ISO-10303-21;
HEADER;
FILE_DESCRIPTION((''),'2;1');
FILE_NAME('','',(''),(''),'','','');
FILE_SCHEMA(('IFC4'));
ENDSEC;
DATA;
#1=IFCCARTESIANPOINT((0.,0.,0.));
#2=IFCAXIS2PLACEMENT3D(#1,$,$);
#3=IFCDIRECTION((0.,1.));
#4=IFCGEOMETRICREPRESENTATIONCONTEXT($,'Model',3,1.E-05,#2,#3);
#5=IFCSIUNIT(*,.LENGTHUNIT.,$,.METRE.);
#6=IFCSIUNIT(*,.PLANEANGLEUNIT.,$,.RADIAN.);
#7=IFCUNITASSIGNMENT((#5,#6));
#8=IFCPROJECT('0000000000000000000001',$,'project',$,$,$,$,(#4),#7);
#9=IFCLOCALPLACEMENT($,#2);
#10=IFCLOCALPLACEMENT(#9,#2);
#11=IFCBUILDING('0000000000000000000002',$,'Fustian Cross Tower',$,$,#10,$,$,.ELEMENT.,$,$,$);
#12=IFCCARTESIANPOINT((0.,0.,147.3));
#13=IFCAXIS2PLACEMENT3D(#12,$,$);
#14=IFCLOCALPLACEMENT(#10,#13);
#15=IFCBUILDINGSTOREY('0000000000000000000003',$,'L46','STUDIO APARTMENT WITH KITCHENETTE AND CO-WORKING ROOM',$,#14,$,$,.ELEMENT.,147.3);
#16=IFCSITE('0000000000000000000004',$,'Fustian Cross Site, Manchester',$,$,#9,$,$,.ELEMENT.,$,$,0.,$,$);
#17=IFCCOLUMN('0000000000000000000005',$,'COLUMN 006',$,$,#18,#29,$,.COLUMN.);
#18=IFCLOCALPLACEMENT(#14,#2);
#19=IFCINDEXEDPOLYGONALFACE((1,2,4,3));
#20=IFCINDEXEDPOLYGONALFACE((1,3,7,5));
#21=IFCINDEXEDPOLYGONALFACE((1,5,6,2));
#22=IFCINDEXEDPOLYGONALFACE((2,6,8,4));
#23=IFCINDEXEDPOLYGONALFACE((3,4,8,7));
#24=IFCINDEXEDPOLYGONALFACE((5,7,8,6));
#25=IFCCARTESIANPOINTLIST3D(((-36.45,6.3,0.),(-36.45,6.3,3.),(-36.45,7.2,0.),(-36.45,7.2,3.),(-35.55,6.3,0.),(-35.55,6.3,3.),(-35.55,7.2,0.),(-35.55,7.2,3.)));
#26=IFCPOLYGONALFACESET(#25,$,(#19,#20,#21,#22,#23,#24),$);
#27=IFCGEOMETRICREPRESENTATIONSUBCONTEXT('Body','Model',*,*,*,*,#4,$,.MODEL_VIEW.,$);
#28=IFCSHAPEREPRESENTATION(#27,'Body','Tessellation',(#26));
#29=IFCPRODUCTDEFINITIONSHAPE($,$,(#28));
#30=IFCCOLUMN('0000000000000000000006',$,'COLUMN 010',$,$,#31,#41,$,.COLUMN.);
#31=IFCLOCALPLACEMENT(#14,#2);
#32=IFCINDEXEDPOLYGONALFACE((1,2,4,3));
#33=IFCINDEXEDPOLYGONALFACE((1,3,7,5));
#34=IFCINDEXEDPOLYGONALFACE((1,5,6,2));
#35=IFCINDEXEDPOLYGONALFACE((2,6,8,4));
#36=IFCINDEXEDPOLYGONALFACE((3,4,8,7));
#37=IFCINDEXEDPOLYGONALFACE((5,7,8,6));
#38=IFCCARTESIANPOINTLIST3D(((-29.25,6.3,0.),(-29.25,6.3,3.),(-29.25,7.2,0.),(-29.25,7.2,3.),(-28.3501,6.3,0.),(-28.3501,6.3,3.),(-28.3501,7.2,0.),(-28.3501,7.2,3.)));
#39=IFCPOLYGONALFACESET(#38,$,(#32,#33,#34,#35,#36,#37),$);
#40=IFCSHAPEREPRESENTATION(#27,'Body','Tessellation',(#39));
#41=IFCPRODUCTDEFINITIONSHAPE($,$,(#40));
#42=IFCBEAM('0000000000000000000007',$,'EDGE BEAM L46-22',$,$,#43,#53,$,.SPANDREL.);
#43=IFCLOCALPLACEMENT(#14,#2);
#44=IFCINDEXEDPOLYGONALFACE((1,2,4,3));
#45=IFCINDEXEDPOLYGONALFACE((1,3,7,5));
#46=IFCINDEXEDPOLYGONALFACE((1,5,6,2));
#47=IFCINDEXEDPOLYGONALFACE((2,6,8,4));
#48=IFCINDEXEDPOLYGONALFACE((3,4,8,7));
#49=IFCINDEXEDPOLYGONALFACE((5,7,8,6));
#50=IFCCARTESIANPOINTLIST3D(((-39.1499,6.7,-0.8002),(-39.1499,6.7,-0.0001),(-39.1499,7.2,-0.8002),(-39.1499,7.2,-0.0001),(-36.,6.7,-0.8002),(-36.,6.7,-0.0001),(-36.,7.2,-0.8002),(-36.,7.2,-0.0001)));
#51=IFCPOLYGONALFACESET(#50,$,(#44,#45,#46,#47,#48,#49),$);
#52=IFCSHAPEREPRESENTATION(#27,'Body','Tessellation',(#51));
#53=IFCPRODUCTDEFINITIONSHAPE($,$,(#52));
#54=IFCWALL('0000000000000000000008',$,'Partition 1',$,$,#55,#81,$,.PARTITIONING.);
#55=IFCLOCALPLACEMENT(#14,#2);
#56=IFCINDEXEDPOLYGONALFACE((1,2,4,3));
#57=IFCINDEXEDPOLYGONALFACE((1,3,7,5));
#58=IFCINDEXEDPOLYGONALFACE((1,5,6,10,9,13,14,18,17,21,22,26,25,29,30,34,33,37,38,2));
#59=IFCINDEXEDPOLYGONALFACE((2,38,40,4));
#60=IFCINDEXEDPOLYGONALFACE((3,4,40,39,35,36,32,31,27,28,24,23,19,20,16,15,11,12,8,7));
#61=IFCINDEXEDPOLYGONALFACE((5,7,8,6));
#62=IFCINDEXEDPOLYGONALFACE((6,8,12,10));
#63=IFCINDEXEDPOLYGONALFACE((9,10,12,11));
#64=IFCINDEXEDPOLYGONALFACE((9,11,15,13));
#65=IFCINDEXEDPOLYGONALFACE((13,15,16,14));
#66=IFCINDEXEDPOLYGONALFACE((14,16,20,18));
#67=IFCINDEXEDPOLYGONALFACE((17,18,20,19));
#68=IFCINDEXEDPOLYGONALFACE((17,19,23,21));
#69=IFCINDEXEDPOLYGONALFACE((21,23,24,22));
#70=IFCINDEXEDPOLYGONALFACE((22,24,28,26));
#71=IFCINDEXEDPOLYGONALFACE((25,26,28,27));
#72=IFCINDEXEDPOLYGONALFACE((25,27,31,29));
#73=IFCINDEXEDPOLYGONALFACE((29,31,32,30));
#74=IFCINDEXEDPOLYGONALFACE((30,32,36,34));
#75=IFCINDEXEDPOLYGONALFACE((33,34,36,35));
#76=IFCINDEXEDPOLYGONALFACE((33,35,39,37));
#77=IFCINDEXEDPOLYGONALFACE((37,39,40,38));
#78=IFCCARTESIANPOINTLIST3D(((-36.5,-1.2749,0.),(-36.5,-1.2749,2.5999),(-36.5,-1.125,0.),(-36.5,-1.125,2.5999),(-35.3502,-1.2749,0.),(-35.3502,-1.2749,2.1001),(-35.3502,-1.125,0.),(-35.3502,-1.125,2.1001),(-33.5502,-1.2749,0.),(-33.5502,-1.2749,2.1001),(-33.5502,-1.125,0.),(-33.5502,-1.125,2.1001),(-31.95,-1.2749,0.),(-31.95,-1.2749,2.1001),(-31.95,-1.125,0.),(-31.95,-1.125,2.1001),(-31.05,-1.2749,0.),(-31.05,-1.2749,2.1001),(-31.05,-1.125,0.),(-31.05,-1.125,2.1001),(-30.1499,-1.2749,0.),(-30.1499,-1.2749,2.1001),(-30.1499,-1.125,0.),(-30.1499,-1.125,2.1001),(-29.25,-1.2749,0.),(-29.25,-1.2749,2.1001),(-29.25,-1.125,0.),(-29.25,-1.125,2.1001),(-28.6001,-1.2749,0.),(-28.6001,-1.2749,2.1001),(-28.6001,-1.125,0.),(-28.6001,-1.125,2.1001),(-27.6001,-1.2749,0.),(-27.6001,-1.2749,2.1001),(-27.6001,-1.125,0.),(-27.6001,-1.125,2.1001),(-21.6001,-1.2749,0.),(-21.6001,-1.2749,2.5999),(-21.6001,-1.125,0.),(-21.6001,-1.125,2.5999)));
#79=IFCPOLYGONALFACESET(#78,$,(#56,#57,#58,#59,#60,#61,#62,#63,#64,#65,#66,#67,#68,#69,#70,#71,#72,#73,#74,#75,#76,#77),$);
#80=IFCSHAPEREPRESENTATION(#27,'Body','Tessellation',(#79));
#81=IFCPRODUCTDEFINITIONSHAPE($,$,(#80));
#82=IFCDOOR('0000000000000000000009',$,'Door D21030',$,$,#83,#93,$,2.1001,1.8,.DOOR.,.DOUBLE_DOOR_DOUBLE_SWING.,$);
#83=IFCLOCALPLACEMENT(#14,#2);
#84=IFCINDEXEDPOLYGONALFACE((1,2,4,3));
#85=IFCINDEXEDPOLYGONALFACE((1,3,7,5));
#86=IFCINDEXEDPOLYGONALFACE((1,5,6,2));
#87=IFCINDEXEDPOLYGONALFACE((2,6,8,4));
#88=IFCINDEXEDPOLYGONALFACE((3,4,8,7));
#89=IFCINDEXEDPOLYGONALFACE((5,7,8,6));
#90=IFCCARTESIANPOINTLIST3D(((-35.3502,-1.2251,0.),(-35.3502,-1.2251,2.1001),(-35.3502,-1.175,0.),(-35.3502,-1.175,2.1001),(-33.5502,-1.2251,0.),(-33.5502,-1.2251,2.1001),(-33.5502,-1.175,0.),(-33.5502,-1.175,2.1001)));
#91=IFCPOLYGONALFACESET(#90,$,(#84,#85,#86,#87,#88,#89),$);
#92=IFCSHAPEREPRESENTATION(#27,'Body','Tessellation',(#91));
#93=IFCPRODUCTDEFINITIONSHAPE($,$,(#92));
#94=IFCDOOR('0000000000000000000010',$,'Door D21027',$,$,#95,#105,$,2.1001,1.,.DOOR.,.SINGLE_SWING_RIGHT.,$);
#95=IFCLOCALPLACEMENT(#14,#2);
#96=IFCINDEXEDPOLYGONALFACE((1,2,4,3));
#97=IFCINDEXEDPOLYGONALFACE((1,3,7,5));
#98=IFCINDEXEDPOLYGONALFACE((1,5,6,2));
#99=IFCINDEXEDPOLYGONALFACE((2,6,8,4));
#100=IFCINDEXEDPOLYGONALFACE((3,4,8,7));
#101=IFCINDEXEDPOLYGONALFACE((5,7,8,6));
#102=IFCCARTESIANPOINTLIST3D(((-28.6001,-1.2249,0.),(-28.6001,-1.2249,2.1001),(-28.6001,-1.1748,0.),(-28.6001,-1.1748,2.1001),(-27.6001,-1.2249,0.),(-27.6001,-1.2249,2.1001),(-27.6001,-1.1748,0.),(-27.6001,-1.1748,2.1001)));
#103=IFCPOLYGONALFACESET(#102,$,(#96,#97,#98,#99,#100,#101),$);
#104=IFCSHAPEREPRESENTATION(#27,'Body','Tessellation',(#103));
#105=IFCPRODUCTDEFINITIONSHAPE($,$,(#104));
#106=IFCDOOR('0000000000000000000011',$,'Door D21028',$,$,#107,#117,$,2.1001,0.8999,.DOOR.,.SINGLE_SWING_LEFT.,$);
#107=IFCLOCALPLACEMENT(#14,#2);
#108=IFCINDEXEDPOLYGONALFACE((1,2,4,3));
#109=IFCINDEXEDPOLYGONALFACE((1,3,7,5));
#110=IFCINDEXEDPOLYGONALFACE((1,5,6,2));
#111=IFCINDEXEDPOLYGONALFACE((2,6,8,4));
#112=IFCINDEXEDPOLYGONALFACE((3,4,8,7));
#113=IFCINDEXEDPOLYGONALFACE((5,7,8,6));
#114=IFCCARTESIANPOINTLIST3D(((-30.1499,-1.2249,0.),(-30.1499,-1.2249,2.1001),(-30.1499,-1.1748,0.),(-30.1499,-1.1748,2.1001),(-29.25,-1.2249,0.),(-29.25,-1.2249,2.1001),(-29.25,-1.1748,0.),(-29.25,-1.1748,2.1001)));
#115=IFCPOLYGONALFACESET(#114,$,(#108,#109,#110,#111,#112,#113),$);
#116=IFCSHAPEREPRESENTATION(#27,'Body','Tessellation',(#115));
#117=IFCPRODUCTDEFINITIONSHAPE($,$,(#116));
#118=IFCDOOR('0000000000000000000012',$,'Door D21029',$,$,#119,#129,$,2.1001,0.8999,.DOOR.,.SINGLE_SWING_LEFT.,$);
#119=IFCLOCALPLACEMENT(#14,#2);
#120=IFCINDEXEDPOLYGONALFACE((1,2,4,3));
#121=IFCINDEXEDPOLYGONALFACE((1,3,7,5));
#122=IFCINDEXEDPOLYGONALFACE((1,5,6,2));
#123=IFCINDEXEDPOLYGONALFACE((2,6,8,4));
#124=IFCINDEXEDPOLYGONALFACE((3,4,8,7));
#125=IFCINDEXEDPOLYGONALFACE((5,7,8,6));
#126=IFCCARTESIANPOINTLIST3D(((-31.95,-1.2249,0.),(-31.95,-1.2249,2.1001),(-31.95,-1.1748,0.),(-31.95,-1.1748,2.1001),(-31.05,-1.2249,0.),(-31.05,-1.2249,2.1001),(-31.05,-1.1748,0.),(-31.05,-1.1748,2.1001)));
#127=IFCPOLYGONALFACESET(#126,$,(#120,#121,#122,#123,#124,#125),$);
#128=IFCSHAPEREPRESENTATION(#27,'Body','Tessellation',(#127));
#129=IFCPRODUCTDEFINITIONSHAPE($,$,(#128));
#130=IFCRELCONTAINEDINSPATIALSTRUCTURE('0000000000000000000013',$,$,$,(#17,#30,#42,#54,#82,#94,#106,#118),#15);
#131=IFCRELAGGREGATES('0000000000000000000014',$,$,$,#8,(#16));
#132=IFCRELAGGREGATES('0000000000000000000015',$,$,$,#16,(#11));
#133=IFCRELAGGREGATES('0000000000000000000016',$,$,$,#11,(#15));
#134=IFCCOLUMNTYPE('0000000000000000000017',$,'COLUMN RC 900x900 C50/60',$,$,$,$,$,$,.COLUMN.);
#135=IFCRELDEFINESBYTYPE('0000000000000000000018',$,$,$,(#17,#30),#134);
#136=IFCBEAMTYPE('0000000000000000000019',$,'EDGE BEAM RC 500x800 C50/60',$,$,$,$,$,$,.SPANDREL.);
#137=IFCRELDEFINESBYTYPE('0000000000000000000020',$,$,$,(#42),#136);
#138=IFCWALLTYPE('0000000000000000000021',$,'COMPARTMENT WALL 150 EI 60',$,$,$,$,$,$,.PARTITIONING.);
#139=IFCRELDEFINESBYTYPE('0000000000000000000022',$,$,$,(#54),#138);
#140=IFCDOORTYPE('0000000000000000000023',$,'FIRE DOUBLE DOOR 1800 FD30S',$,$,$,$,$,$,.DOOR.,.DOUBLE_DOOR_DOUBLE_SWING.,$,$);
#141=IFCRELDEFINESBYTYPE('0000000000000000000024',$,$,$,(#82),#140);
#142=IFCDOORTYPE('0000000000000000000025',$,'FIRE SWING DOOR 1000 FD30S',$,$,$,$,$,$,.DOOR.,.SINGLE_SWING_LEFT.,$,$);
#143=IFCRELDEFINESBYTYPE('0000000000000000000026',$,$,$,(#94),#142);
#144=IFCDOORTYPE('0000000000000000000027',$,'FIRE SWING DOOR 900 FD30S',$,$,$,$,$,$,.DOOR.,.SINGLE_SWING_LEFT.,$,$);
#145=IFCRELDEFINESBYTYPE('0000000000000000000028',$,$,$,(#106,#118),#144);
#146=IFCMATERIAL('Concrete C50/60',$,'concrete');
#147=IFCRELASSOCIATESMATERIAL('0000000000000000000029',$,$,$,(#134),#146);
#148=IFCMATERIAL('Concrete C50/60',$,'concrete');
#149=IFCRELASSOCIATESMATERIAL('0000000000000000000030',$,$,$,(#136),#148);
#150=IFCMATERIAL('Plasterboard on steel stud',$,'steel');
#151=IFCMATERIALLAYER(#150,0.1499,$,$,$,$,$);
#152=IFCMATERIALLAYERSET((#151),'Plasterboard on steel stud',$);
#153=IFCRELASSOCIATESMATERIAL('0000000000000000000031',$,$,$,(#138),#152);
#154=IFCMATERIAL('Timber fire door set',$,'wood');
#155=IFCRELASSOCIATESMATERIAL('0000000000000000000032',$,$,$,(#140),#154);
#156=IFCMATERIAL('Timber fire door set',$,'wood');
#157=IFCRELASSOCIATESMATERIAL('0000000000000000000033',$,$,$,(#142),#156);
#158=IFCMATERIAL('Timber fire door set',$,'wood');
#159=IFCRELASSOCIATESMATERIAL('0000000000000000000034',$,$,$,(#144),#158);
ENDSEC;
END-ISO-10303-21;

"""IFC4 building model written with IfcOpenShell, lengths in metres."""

from ifc_helpers import new_model, si_unit, direction, frame, frame_2d, origin, origin_2d, place, context, subcontext, project, spatial, rectangle, extrude, material, layer, layer_set, material_profile, profile_set, type_object, element, fill, save


model = new_model("IFC4")

# Units and contexts
model_context = context("Model", 3, precision=1e-05, world=origin(), true_north=direction((0.0, 1.0)))
body_context = subcontext(model_context, "Body", "Model", "MODEL_VIEW")
ifc_project = project(units=[si_unit("LENGTHUNIT", "METRE"), si_unit("PLANEANGLEUNIT", "RADIAN")], contexts=[model_context])

# Site, building, storey
site_placement = place(None, origin())
site = spatial("IfcSite", under=ifc_project, at=site_placement, Name="Fustian Cross Site, Manchester", CompositionType="ELEMENT", RefElevation=0.0)
building_placement = place(site_placement, origin())
building = spatial("IfcBuilding", under=site, at=building_placement, Name="Fustian Cross Tower", CompositionType="ELEMENT")
storey_placement = place(building_placement, frame((0.0, 0.0, 147.3)))
storey = spatial("IfcBuildingStorey", under=building, at=storey_placement, Name="L46", Description="STUDIO APARTMENT WITH KITCHENETTE AND CO-WORKING ROOM", CompositionType="ELEMENT", Elevation=147.3)

# Columns
ifc_material_1 = material(Name="Concrete C50/60", Category="concrete")
ifc_material_profile_1 = material_profile(ifc_material_1, rectangle(XDim=0.8999, YDim=0.8999, at=origin_2d()), Name="RC 900x900")
ifc_profile_set_1 = profile_set([ifc_material_profile_1], Name="Concrete C50/60")
column_type = type_object("IfcColumnType", Name="COLUMN RC 900x900 C50/60", PredefinedType="COLUMN", material=ifc_profile_set_1)
for number, where, z_axis, x_axis, name in (
    (1, (-36.0, 6.75, 0.0), (0.0, 0.0, 1.0), (1.0, 0.0, 0.0), "COLUMN 006"),
    (2, (-28.8, 6.75, 0.0), (0.0, 0.0, 1.0), (1.0, 0.0, 0.0), "COLUMN 010"),
):
    element("IfcColumn", number, at=place(storey_placement, frame(where, z_axis=z_axis, x_axis=x_axis)), inside=storey, type_object=column_type, Name=name, PredefinedType="COLUMN", context=body_context, shape_type="SweptSolid", body=[
        extrude(rectangle(XDim=0.8999, YDim=0.8999, at=origin_2d()), origin(), (0.0, 0.0, 1.0), 3.0),
    ])

# Beam
ifc_material_2 = material(Name="Concrete C50/60", Category="concrete")
ifc_material_profile_2 = material_profile(ifc_material_2, rectangle(XDim=0.5, YDim=0.8, at=origin_2d()), Name="RC 500x800")
ifc_profile_set_2 = profile_set([ifc_material_profile_2], Name="Concrete C50/60")
beam_type = type_object("IfcBeamType", Name="EDGE BEAM RC 500x800 C50/60", PredefinedType="SPANDREL", material=ifc_profile_set_2)
beam_placement = place(storey_placement, frame((-36.0, 6.95, -0.4001), z_axis=(-1.0, 0.0, 0.0), x_axis=(0.0, -1.0, 0.0)))
element("IfcBeam", 3, at=beam_placement, inside=storey, type_object=beam_type, Name="EDGE BEAM L46-22", PredefinedType="SPANDREL", context=body_context, shape_type="SweptSolid", body=[
    extrude(rectangle(XDim=0.5, YDim=0.8, at=origin_2d()), origin(), (0.0, 0.0, 1.0), 3.1499),
])

# Wall, openings, doors
ifc_material_3 = material(Name="Plasterboard on steel stud", Category="steel")
ifc_layer_1 = layer(ifc_material_3, 0.1499)
ifc_layer_set_1 = layer_set([ifc_layer_1], Name="Plasterboard on steel stud")
wall_type_1 = type_object("IfcWallType", Name="COMPARTMENT WALL 150 EI 60", PredefinedType="PARTITIONING", material=ifc_layer_set_1)
wall_1_placement = place(storey_placement, frame((-36.5, -1.2, 0.0), z_axis=(0.0, 0.0, 1.0), x_axis=(1.0, 0.0, 0.0)))
wall_1 = element("IfcWall", 4, at=wall_1_placement, inside=storey, type_object=wall_type_1, Name="Partition 1", PredefinedType="PARTITIONING", context=body_context, shape_type="SweptSolid", body=[
    extrude(rectangle(XDim=14.8999, YDim=0.1499, at=frame_2d((7.45, 0.0))), origin(), (0.0, 0.0, 1.0), 2.5999),
])
opening_1_placement = place(wall_1_placement, frame((7.8999, 0.0, 0.0)))
opening_1 = element("IfcOpeningElement", 5, at=opening_1_placement, cuts=wall_1, PredefinedType="OPENING", context=body_context, shape_type="SweptSolid", body=[
    extrude(rectangle(XDim=1.0, YDim=2.1001, at=frame_2d((0.5, 1.05))), frame((0.0, 0.085, 0.0), z_axis=(0.0, -1.0, 0.0), x_axis=(1.0, 0.0, 0.0)), (0.0, 0.0, 1.0), 0.1699),
])
opening_2_placement = place(wall_1_placement, frame((6.3501, 0.0, 0.0)))
opening_2 = element("IfcOpeningElement", 6, at=opening_2_placement, cuts=wall_1, PredefinedType="OPENING", context=body_context, shape_type="SweptSolid", body=[
    extrude(rectangle(XDim=0.8999, YDim=2.1001, at=frame_2d((0.45, 1.05))), frame((0.0, 0.085, 0.0), z_axis=(0.0, -1.0, 0.0), x_axis=(1.0, 0.0, 0.0)), (0.0, 0.0, 1.0), 0.1699),
])
opening_3_placement = place(wall_1_placement, frame((4.55, 0.0, 0.0)))
opening_3 = element("IfcOpeningElement", 7, at=opening_3_placement, cuts=wall_1, PredefinedType="OPENING", context=body_context, shape_type="SweptSolid", body=[
    extrude(rectangle(XDim=0.8999, YDim=2.1001, at=frame_2d((0.45, 1.05))), frame((0.0, 0.085, 0.0), z_axis=(0.0, -1.0, 0.0), x_axis=(1.0, 0.0, 0.0)), (0.0, 0.0, 1.0), 0.1699),
])
opening_4_placement = place(wall_1_placement, frame((1.1499, 0.0, 0.0)))
opening_4 = element("IfcOpeningElement", 8, at=opening_4_placement, cuts=wall_1, PredefinedType="OPENING", context=body_context, shape_type="SweptSolid", body=[
    extrude(rectangle(XDim=1.8, YDim=2.1001, at=frame_2d((0.8999, 1.05))), frame((0.0, 0.085, 0.0), z_axis=(0.0, -1.0, 0.0), x_axis=(1.0, 0.0, 0.0)), (0.0, 0.0, 1.0), 0.1699),
])
ifc_material_4 = material(Name="Timber fire door set", Category="wood")
door_type_1 = type_object("IfcDoorType", Name="FIRE DOUBLE DOOR 1800 FD30S", OperationType="DOUBLE_DOOR_DOUBLE_SWING", PredefinedType="DOOR", material=ifc_material_4)
door_1_placement = place(opening_4_placement, origin())
door_1 = element("IfcDoor", 9, at=door_1_placement, inside=storey, type_object=door_type_1, Name="Door D21030", OperationType="DOUBLE_DOOR_DOUBLE_SWING", OverallHeight=2.1001, OverallWidth=1.8, PredefinedType="DOOR", context=body_context, shape_type="SweptSolid", body=[
    extrude(rectangle(XDim=1.8, YDim=2.1001, at=frame_2d((0.8999, 1.05))), frame((0.0, 0.0249, 0.0), z_axis=(0.0, -1.0, 0.0), x_axis=(1.0, 0.0, 0.0)), (0.0, 0.0, 1.0), 0.05),
])
fill(opening_4, door_1)
ifc_material_5 = material(Name="Timber fire door set", Category="wood")
door_type_2 = type_object("IfcDoorType", Name="FIRE SWING DOOR 1000 FD30S", OperationType="SINGLE_SWING_LEFT", PredefinedType="DOOR", material=ifc_material_5)
door_2_placement = place(opening_1_placement, frame((1.0, 0.0, 0.0), z_axis=(0.0, 0.0, 1.0), x_axis=(-1.0, 0.0, 0.0)))
door_2 = element("IfcDoor", 10, at=door_2_placement, inside=storey, type_object=door_type_2, Name="Door D21027", OperationType="SINGLE_SWING_RIGHT", OverallHeight=2.1001, OverallWidth=1.0, PredefinedType="DOOR", context=body_context, shape_type="SweptSolid", body=[
    extrude(rectangle(XDim=1.0, YDim=2.1001, at=frame_2d((0.5, 1.05))), frame((0.0, 0.0249, 0.0), z_axis=(0.0, -1.0, 0.0), x_axis=(1.0, 0.0, 0.0)), (0.0, 0.0, 1.0), 0.05),
])
fill(opening_1, door_2)
ifc_material_6 = material(Name="Timber fire door set", Category="wood")
door_type_3 = type_object("IfcDoorType", Name="FIRE SWING DOOR 900 FD30S", OperationType="SINGLE_SWING_LEFT", PredefinedType="DOOR", material=ifc_material_6)
door_3_placement = place(opening_2_placement, frame((0.8999, 0.0, 0.0), z_axis=(0.0, 0.0, 1.0), x_axis=(-1.0, 0.0, 0.0)))
door_3 = element("IfcDoor", 11, at=door_3_placement, inside=storey, type_object=door_type_3, Name="Door D21028", OperationType="SINGLE_SWING_LEFT", OverallHeight=2.1001, OverallWidth=0.8999, PredefinedType="DOOR", context=body_context, shape_type="SweptSolid", body=[
    extrude(rectangle(XDim=0.8999, YDim=2.1001, at=frame_2d((0.45, 1.05))), frame((0.0, 0.0249, 0.0), z_axis=(0.0, -1.0, 0.0), x_axis=(1.0, 0.0, 0.0)), (0.0, 0.0, 1.0), 0.05),
])
fill(opening_2, door_3)
door_4_placement = place(opening_3_placement, frame((0.8999, 0.0, 0.0), z_axis=(0.0, 0.0, 1.0), x_axis=(-1.0, 0.0, 0.0)))
door_4 = element("IfcDoor", 12, at=door_4_placement, inside=storey, type_object=door_type_3, Name="Door D21029", OperationType="SINGLE_SWING_LEFT", OverallHeight=2.1001, OverallWidth=0.8999, PredefinedType="DOOR", context=body_context, shape_type="SweptSolid", body=[
    extrude(rectangle(XDim=0.8999, YDim=2.1001, at=frame_2d((0.45, 1.05))), frame((0.0, 0.0249, 0.0), z_axis=(0.0, -1.0, 0.0), x_axis=(1.0, 0.0, 0.0)), (0.0, 0.0, 1.0), 0.05),
])
fill(opening_3, door_4)

save(model, "model.ifc")
